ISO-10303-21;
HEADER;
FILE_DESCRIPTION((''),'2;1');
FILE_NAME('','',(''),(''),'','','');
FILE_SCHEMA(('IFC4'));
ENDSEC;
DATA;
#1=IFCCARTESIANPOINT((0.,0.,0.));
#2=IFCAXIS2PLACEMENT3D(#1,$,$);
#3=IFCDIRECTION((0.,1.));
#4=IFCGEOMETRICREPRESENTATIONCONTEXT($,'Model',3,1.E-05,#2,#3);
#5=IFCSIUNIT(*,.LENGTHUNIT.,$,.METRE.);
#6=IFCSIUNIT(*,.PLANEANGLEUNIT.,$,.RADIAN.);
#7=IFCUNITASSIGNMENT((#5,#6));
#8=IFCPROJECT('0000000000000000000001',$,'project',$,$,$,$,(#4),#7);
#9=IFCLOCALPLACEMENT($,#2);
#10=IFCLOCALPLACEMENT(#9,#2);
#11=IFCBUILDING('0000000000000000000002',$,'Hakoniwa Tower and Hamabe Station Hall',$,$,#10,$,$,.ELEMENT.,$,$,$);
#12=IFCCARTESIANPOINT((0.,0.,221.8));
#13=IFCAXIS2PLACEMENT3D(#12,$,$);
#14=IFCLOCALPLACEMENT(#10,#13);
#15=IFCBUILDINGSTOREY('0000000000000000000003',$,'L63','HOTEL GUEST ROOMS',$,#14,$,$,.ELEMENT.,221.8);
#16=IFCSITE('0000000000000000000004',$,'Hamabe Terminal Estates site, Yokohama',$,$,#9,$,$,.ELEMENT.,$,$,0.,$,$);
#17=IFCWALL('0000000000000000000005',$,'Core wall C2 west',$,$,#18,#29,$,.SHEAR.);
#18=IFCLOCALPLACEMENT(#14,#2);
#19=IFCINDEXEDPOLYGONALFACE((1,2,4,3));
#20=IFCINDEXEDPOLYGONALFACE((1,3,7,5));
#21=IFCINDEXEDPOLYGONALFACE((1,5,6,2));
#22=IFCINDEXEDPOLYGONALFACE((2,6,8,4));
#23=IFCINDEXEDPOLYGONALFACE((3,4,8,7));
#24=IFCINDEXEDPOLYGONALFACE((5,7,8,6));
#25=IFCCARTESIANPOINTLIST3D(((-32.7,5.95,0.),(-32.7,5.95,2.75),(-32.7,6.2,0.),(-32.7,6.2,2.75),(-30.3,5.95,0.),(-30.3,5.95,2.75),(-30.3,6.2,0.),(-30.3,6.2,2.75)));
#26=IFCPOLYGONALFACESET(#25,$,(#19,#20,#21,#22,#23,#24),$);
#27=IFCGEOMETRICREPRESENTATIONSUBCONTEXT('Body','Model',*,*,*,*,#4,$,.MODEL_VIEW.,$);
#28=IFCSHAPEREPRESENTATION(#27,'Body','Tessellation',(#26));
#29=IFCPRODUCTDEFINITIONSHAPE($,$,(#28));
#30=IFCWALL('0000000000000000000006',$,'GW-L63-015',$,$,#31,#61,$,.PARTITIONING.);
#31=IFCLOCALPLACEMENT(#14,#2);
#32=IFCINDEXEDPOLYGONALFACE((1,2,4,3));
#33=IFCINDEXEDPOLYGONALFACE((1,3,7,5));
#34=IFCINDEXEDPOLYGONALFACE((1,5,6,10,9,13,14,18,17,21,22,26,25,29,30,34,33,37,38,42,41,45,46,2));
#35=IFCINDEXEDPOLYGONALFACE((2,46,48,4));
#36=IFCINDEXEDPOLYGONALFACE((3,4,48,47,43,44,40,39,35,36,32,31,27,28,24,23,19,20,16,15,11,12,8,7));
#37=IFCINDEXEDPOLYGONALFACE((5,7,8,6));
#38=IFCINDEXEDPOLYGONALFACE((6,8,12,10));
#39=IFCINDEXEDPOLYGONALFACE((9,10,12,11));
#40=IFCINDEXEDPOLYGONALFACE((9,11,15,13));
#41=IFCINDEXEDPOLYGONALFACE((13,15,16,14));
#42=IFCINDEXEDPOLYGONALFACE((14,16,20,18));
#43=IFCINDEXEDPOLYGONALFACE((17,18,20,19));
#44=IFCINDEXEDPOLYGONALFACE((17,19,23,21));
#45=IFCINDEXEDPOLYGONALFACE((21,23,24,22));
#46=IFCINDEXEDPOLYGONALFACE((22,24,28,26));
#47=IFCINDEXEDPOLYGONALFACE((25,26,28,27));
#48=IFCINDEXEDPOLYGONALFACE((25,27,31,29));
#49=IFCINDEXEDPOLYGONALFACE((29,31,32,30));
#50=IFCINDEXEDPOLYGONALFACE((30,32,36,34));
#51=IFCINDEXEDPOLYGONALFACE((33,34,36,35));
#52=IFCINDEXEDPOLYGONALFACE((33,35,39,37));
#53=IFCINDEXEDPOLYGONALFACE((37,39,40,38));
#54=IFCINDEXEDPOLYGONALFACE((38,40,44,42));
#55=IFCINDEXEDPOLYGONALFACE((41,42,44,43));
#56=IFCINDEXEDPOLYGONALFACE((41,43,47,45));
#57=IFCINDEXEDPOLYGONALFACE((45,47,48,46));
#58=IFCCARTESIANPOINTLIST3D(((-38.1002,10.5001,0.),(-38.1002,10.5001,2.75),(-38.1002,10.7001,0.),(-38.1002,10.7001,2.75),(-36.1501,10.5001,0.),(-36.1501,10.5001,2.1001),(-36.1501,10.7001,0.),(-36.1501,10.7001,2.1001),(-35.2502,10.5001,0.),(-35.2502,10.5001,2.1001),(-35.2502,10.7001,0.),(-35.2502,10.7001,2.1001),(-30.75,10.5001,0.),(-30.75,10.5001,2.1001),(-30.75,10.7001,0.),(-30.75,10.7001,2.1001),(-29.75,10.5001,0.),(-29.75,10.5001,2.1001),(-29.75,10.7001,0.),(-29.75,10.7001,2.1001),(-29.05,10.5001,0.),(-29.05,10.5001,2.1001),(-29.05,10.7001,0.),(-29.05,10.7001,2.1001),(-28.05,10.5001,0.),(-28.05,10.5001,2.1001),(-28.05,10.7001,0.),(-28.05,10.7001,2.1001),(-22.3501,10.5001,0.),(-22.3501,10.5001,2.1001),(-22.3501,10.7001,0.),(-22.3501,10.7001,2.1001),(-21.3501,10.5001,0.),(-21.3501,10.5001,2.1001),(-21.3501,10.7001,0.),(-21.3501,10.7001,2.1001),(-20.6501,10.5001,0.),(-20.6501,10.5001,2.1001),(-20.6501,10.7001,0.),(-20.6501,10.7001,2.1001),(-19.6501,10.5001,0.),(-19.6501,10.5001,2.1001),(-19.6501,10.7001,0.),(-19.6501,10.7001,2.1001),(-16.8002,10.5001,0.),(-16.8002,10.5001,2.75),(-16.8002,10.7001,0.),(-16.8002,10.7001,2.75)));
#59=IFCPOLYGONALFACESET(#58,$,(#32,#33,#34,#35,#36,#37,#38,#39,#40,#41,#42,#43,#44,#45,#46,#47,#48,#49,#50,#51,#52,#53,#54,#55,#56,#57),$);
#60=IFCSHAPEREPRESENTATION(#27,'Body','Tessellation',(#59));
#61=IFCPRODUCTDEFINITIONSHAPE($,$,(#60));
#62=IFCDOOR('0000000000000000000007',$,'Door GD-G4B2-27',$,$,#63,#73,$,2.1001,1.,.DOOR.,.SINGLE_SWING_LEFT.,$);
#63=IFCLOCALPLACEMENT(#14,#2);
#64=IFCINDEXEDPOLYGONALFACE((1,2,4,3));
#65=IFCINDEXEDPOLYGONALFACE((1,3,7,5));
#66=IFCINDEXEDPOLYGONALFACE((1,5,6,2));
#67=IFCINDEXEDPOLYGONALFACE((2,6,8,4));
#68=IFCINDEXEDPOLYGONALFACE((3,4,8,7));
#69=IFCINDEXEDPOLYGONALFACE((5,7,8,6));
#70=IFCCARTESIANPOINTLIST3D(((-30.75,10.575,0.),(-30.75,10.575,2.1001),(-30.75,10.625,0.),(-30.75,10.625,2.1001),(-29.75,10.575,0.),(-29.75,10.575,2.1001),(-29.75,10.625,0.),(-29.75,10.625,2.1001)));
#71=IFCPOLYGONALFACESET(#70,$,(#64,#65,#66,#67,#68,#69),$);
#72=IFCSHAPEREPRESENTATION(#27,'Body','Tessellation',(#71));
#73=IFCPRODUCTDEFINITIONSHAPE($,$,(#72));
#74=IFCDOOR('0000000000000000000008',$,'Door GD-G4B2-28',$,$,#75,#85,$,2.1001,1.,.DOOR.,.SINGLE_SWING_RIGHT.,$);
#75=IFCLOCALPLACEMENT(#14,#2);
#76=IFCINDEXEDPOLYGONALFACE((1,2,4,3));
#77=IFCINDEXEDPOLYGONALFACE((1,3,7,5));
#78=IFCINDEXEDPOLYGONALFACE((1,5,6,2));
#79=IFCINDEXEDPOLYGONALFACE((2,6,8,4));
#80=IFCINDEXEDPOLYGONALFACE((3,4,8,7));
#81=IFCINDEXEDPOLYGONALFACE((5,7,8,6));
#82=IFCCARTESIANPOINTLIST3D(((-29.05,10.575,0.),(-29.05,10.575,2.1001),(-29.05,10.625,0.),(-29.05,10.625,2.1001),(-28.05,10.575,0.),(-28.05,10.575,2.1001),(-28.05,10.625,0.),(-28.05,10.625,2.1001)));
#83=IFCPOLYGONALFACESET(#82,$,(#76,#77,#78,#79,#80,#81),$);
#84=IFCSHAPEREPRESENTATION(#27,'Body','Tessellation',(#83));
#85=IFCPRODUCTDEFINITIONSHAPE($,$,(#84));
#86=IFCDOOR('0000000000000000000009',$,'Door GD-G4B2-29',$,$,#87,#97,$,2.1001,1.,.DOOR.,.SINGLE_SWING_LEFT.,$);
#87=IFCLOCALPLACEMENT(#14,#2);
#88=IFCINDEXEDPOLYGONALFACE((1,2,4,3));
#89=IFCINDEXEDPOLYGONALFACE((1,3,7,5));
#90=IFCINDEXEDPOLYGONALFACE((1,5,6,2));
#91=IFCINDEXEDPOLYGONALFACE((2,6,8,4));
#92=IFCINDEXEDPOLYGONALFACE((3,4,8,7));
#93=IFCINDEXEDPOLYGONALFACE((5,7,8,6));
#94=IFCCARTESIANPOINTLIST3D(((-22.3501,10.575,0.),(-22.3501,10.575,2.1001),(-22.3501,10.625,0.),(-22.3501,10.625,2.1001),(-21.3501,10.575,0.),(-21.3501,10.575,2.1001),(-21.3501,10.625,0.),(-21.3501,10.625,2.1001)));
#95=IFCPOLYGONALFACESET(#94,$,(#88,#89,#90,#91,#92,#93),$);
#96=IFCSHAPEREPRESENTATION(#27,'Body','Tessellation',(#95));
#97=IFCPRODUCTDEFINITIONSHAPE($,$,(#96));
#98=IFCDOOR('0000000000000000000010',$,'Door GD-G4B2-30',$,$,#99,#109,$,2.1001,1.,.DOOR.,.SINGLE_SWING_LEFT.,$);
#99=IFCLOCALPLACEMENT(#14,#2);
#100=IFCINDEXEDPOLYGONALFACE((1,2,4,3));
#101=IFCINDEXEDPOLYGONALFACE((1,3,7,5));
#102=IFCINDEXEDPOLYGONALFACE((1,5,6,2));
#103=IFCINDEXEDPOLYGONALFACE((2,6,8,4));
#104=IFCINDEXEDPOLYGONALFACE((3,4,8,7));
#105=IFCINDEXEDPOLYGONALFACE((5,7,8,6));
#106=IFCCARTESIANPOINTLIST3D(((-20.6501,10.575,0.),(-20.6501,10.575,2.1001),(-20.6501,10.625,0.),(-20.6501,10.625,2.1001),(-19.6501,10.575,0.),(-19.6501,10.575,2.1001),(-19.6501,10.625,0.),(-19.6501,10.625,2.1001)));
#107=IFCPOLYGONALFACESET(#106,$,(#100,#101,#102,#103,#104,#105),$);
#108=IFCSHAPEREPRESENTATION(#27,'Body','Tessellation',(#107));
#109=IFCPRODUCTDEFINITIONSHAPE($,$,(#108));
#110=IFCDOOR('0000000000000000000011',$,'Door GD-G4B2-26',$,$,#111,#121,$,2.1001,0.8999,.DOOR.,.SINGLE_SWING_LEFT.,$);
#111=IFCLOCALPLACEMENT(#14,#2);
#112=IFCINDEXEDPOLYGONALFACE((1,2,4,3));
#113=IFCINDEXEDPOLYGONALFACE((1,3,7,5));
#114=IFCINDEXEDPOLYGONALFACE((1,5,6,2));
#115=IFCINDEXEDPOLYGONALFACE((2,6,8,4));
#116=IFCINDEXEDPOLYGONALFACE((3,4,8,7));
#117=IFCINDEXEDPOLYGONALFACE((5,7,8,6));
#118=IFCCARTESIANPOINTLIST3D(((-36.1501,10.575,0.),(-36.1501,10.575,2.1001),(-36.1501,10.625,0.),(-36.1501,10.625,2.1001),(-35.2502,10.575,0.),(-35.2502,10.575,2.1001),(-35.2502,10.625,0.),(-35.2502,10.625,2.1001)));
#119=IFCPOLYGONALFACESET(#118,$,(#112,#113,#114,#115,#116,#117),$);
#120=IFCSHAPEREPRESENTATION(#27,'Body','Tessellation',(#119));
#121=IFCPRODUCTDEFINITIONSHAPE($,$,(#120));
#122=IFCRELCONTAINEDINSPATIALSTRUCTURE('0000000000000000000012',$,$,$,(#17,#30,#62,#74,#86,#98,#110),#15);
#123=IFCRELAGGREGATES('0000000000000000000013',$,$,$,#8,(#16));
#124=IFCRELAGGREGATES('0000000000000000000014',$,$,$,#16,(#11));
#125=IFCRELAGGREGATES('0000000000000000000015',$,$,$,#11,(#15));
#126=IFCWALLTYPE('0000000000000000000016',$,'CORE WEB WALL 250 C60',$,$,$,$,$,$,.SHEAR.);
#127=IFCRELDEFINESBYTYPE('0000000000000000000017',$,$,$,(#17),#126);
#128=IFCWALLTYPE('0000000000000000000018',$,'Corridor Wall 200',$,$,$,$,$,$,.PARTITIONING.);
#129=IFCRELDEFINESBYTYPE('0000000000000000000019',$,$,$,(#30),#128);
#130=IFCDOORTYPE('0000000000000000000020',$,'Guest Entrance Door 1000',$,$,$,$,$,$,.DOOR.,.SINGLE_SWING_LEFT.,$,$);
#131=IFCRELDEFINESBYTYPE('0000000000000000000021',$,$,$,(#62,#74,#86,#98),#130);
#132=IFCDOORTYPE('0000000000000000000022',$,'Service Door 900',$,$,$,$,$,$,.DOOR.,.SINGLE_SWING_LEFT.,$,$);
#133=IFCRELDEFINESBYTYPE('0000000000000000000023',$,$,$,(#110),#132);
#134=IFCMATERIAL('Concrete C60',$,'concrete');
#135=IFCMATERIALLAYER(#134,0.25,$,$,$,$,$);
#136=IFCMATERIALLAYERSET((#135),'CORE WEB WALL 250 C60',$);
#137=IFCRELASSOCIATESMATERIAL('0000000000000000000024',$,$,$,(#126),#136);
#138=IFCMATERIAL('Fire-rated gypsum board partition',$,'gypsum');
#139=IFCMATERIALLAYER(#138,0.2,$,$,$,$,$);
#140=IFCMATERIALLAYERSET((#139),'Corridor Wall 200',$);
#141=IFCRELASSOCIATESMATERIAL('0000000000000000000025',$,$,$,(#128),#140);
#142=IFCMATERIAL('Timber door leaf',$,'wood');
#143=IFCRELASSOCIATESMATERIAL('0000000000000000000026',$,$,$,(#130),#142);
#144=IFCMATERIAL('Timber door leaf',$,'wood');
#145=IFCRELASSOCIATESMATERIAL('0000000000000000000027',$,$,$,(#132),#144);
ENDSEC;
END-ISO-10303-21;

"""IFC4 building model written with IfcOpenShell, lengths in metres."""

from ifc_helpers import new_model, si_unit, direction, frame, frame_2d, origin, place, context, subcontext, project, spatial, rectangle, extrude, material, layer, layer_set, type_object, element, fill, save


model = new_model("IFC4")

# Units and contexts
model_context = context("Model", 3, precision=1e-05, world=origin(), true_north=direction((0.0, 1.0)))
body_context = subcontext(model_context, "Body", "Model", "MODEL_VIEW")
ifc_project = project(units=[si_unit("LENGTHUNIT", "METRE"), si_unit("PLANEANGLEUNIT", "RADIAN")], contexts=[model_context])

# Site, building, storey
site_placement = place(None, origin())
site = spatial("IfcSite", under=ifc_project, at=site_placement, Name="Hamabe Terminal Estates site, Yokohama", CompositionType="ELEMENT", RefElevation=0.0)
building_placement = place(site_placement, origin())
building = spatial("IfcBuilding", under=site, at=building_placement, Name="Hakoniwa Tower and Hamabe Station Hall", CompositionType="ELEMENT")
storey_placement = place(building_placement, frame((0.0, 0.0, 221.8)))
storey = spatial("IfcBuildingStorey", under=building, at=storey_placement, Name="L63", Description="HOTEL GUEST ROOMS", CompositionType="ELEMENT", Elevation=221.8)

# Shared definitions
ifc_material_1 = material(Name="Concrete C60", Category="concrete")
ifc_layer_1 = layer(ifc_material_1, 0.25)
ifc_layer_set_1 = layer_set([ifc_layer_1], Name="CORE WEB WALL 250 C60")
wall_type_1 = type_object("IfcWallType", Name="CORE WEB WALL 250 C60", PredefinedType="SHEAR", material=ifc_layer_set_1)

# Wall
wall_1_placement = place(storey_placement, frame((-32.7, 6.075, 0.0), z_axis=(0.0, 0.0, 1.0), x_axis=(1.0, 0.0, 0.0)))
element("IfcWall", 1, at=wall_1_placement, inside=storey, type_object=wall_type_1, Name="Core wall C2 west", PredefinedType="SHEAR", context=body_context, shape_type="SweptSolid", body=[
    extrude(rectangle(XDim=2.3999, YDim=0.25, at=frame_2d((1.2, 0.0))), origin(), (0.0, 0.0, 1.0), 2.75),
])

# Wall, openings, doors
ifc_material_2 = material(Name="Fire-rated gypsum board partition", Category="gypsum")
ifc_layer_2 = layer(ifc_material_2, 0.2)
ifc_layer_set_2 = layer_set([ifc_layer_2], Name="Corridor Wall 200")
wall_type_2 = type_object("IfcWallType", Name="Corridor Wall 200", PredefinedType="PARTITIONING", material=ifc_layer_set_2)
wall_2_placement = place(storey_placement, frame((-38.1001, 10.6001, 0.0), z_axis=(0.0, 0.0, 1.0), x_axis=(1.0, 0.0, 0.0)))
wall_2 = element("IfcWall", 2, at=wall_2_placement, inside=storey, type_object=wall_type_2, Name="GW-L63-015", PredefinedType="PARTITIONING", context=body_context, shape_type="SweptSolid", body=[
    extrude(rectangle(XDim=21.3, YDim=0.2, at=frame_2d((10.6499, 0.0))), origin(), (0.0, 0.0, 1.0), 2.75),
])
opening_1_placement = place(wall_2_placement, frame((1.95, 0.0, 0.0)))
opening_1 = element("IfcOpeningElement", 3, at=opening_1_placement, cuts=wall_2, PredefinedType="OPENING", context=body_context, shape_type="SweptSolid", body=[
    extrude(rectangle(XDim=0.8999, YDim=2.1001, at=frame_2d((0.45, 1.05))), frame((0.0, 0.1099, 0.0), z_axis=(0.0, -1.0, 0.0), x_axis=(1.0, 0.0, 0.0)), (0.0, 0.0, 1.0), 0.22),
])
opening_2_placement = place(wall_2_placement, frame((7.3501, 0.0, 0.0)))
opening_2 = element("IfcOpeningElement", 4, at=opening_2_placement, cuts=wall_2, PredefinedType="OPENING", context=body_context, shape_type="SweptSolid", body=[
    extrude(rectangle(XDim=1.0, YDim=2.1001, at=frame_2d((0.5, 1.05))), frame((0.0, 0.1099, 0.0), z_axis=(0.0, -1.0, 0.0), x_axis=(1.0, 0.0, 0.0)), (0.0, 0.0, 1.0), 0.22),
])
opening_3_placement = place(wall_2_placement, frame((9.05, 0.0, 0.0)))
opening_3 = element("IfcOpeningElement", 5, at=opening_3_placement, cuts=wall_2, PredefinedType="OPENING", context=body_context, shape_type="SweptSolid", body=[
    extrude(rectangle(XDim=1.0, YDim=2.1001, at=frame_2d((0.5, 1.05))), frame((0.0, 0.1099, 0.0), z_axis=(0.0, -1.0, 0.0), x_axis=(1.0, 0.0, 0.0)), (0.0, 0.0, 1.0), 0.22),
])
opening_4_placement = place(wall_2_placement, frame((15.75, 0.0, 0.0)))
opening_4 = element("IfcOpeningElement", 6, at=opening_4_placement, cuts=wall_2, PredefinedType="OPENING", context=body_context, shape_type="SweptSolid", body=[
    extrude(rectangle(XDim=1.0, YDim=2.1001, at=frame_2d((0.5, 1.05))), frame((0.0, 0.1099, 0.0), z_axis=(0.0, -1.0, 0.0), x_axis=(1.0, 0.0, 0.0)), (0.0, 0.0, 1.0), 0.22),
])
opening_5_placement = place(wall_2_placement, frame((17.45, 0.0, 0.0)))
opening_5 = element("IfcOpeningElement", 7, at=opening_5_placement, cuts=wall_2, PredefinedType="OPENING", context=body_context, shape_type="SweptSolid", body=[
    extrude(rectangle(XDim=1.0, YDim=2.1001, at=frame_2d((0.5, 1.05))), frame((0.0, 0.1099, 0.0), z_axis=(0.0, -1.0, 0.0), x_axis=(1.0, 0.0, 0.0)), (0.0, 0.0, 1.0), 0.22),
])
ifc_material_3 = material(Name="Timber door leaf", Category="wood")
door_type_1 = type_object("IfcDoorType", Name="Guest Entrance Door 1000", OperationType="SINGLE_SWING_LEFT", PredefinedType="DOOR", material=ifc_material_3)
door_1_placement = place(opening_2_placement, origin())
door_1 = element("IfcDoor", 8, at=door_1_placement, inside=storey, type_object=door_type_1, Name="Door GD-G4B2-27", OperationType="SINGLE_SWING_LEFT", OverallHeight=2.1001, OverallWidth=1.0, PredefinedType="DOOR", context=body_context, shape_type="SweptSolid", body=[
    extrude(rectangle(XDim=1.0, YDim=2.1001, at=frame_2d((0.5, 1.05))), frame((0.0, 0.0249, 0.0), z_axis=(0.0, -1.0, 0.0), x_axis=(1.0, 0.0, 0.0)), (0.0, 0.0, 1.0), 0.05),
])
fill(opening_2, door_1)
door_2_placement = place(opening_3_placement, origin())
door_2 = element("IfcDoor", 9, at=door_2_placement, inside=storey, type_object=door_type_1, Name="Door GD-G4B2-28", OperationType="SINGLE_SWING_RIGHT", OverallHeight=2.1001, OverallWidth=1.0, PredefinedType="DOOR", context=body_context, shape_type="SweptSolid", body=[
    extrude(rectangle(XDim=1.0, YDim=2.1001, at=frame_2d((0.5, 1.05))), frame((0.0, 0.0249, 0.0), z_axis=(0.0, -1.0, 0.0), x_axis=(1.0, 0.0, 0.0)), (0.0, 0.0, 1.0), 0.05),
])
fill(opening_3, door_2)
door_3_placement = place(opening_4_placement, origin())
door_3 = element("IfcDoor", 10, at=door_3_placement, inside=storey, type_object=door_type_1, Name="Door GD-G4B2-29", OperationType="SINGLE_SWING_LEFT", OverallHeight=2.1001, OverallWidth=1.0, PredefinedType="DOOR", context=body_context, shape_type="SweptSolid", body=[
    extrude(rectangle(XDim=1.0, YDim=2.1001, at=frame_2d((0.5, 1.05))), frame((0.0, 0.0249, 0.0), z_axis=(0.0, -1.0, 0.0), x_axis=(1.0, 0.0, 0.0)), (0.0, 0.0, 1.0), 0.05),
])
fill(opening_4, door_3)
door_4_placement = place(opening_5_placement, origin())
door_4 = element("IfcDoor", 11, at=door_4_placement, inside=storey, type_object=door_type_1, Name="Door GD-G4B2-30", OperationType="SINGLE_SWING_LEFT", OverallHeight=2.1001, OverallWidth=1.0, PredefinedType="DOOR", context=body_context, shape_type="SweptSolid", body=[
    extrude(rectangle(XDim=1.0, YDim=2.1001, at=frame_2d((0.5, 1.05))), frame((0.0, 0.0249, 0.0), z_axis=(0.0, -1.0, 0.0), x_axis=(1.0, 0.0, 0.0)), (0.0, 0.0, 1.0), 0.05),
])
fill(opening_5, door_4)
ifc_material_4 = material(Name="Timber door leaf", Category="wood")
door_type_2 = type_object("IfcDoorType", Name="Service Door 900", OperationType="SINGLE_SWING_LEFT", PredefinedType="DOOR", material=ifc_material_4)
door_5_placement = place(opening_1_placement, origin())
door_5 = element("IfcDoor", 12, at=door_5_placement, inside=storey, type_object=door_type_2, Name="Door GD-G4B2-26", OperationType="SINGLE_SWING_LEFT", OverallHeight=2.1001, OverallWidth=0.8999, PredefinedType="DOOR", context=body_context, shape_type="SweptSolid", body=[
    extrude(rectangle(XDim=0.8999, YDim=2.1001, at=frame_2d((0.45, 1.05))), frame((0.0, 0.0249, 0.0), z_axis=(0.0, -1.0, 0.0), x_axis=(1.0, 0.0, 0.0)), (0.0, 0.0, 1.0), 0.05),
])
fill(opening_1, door_5)

save(model, "model.ifc")
